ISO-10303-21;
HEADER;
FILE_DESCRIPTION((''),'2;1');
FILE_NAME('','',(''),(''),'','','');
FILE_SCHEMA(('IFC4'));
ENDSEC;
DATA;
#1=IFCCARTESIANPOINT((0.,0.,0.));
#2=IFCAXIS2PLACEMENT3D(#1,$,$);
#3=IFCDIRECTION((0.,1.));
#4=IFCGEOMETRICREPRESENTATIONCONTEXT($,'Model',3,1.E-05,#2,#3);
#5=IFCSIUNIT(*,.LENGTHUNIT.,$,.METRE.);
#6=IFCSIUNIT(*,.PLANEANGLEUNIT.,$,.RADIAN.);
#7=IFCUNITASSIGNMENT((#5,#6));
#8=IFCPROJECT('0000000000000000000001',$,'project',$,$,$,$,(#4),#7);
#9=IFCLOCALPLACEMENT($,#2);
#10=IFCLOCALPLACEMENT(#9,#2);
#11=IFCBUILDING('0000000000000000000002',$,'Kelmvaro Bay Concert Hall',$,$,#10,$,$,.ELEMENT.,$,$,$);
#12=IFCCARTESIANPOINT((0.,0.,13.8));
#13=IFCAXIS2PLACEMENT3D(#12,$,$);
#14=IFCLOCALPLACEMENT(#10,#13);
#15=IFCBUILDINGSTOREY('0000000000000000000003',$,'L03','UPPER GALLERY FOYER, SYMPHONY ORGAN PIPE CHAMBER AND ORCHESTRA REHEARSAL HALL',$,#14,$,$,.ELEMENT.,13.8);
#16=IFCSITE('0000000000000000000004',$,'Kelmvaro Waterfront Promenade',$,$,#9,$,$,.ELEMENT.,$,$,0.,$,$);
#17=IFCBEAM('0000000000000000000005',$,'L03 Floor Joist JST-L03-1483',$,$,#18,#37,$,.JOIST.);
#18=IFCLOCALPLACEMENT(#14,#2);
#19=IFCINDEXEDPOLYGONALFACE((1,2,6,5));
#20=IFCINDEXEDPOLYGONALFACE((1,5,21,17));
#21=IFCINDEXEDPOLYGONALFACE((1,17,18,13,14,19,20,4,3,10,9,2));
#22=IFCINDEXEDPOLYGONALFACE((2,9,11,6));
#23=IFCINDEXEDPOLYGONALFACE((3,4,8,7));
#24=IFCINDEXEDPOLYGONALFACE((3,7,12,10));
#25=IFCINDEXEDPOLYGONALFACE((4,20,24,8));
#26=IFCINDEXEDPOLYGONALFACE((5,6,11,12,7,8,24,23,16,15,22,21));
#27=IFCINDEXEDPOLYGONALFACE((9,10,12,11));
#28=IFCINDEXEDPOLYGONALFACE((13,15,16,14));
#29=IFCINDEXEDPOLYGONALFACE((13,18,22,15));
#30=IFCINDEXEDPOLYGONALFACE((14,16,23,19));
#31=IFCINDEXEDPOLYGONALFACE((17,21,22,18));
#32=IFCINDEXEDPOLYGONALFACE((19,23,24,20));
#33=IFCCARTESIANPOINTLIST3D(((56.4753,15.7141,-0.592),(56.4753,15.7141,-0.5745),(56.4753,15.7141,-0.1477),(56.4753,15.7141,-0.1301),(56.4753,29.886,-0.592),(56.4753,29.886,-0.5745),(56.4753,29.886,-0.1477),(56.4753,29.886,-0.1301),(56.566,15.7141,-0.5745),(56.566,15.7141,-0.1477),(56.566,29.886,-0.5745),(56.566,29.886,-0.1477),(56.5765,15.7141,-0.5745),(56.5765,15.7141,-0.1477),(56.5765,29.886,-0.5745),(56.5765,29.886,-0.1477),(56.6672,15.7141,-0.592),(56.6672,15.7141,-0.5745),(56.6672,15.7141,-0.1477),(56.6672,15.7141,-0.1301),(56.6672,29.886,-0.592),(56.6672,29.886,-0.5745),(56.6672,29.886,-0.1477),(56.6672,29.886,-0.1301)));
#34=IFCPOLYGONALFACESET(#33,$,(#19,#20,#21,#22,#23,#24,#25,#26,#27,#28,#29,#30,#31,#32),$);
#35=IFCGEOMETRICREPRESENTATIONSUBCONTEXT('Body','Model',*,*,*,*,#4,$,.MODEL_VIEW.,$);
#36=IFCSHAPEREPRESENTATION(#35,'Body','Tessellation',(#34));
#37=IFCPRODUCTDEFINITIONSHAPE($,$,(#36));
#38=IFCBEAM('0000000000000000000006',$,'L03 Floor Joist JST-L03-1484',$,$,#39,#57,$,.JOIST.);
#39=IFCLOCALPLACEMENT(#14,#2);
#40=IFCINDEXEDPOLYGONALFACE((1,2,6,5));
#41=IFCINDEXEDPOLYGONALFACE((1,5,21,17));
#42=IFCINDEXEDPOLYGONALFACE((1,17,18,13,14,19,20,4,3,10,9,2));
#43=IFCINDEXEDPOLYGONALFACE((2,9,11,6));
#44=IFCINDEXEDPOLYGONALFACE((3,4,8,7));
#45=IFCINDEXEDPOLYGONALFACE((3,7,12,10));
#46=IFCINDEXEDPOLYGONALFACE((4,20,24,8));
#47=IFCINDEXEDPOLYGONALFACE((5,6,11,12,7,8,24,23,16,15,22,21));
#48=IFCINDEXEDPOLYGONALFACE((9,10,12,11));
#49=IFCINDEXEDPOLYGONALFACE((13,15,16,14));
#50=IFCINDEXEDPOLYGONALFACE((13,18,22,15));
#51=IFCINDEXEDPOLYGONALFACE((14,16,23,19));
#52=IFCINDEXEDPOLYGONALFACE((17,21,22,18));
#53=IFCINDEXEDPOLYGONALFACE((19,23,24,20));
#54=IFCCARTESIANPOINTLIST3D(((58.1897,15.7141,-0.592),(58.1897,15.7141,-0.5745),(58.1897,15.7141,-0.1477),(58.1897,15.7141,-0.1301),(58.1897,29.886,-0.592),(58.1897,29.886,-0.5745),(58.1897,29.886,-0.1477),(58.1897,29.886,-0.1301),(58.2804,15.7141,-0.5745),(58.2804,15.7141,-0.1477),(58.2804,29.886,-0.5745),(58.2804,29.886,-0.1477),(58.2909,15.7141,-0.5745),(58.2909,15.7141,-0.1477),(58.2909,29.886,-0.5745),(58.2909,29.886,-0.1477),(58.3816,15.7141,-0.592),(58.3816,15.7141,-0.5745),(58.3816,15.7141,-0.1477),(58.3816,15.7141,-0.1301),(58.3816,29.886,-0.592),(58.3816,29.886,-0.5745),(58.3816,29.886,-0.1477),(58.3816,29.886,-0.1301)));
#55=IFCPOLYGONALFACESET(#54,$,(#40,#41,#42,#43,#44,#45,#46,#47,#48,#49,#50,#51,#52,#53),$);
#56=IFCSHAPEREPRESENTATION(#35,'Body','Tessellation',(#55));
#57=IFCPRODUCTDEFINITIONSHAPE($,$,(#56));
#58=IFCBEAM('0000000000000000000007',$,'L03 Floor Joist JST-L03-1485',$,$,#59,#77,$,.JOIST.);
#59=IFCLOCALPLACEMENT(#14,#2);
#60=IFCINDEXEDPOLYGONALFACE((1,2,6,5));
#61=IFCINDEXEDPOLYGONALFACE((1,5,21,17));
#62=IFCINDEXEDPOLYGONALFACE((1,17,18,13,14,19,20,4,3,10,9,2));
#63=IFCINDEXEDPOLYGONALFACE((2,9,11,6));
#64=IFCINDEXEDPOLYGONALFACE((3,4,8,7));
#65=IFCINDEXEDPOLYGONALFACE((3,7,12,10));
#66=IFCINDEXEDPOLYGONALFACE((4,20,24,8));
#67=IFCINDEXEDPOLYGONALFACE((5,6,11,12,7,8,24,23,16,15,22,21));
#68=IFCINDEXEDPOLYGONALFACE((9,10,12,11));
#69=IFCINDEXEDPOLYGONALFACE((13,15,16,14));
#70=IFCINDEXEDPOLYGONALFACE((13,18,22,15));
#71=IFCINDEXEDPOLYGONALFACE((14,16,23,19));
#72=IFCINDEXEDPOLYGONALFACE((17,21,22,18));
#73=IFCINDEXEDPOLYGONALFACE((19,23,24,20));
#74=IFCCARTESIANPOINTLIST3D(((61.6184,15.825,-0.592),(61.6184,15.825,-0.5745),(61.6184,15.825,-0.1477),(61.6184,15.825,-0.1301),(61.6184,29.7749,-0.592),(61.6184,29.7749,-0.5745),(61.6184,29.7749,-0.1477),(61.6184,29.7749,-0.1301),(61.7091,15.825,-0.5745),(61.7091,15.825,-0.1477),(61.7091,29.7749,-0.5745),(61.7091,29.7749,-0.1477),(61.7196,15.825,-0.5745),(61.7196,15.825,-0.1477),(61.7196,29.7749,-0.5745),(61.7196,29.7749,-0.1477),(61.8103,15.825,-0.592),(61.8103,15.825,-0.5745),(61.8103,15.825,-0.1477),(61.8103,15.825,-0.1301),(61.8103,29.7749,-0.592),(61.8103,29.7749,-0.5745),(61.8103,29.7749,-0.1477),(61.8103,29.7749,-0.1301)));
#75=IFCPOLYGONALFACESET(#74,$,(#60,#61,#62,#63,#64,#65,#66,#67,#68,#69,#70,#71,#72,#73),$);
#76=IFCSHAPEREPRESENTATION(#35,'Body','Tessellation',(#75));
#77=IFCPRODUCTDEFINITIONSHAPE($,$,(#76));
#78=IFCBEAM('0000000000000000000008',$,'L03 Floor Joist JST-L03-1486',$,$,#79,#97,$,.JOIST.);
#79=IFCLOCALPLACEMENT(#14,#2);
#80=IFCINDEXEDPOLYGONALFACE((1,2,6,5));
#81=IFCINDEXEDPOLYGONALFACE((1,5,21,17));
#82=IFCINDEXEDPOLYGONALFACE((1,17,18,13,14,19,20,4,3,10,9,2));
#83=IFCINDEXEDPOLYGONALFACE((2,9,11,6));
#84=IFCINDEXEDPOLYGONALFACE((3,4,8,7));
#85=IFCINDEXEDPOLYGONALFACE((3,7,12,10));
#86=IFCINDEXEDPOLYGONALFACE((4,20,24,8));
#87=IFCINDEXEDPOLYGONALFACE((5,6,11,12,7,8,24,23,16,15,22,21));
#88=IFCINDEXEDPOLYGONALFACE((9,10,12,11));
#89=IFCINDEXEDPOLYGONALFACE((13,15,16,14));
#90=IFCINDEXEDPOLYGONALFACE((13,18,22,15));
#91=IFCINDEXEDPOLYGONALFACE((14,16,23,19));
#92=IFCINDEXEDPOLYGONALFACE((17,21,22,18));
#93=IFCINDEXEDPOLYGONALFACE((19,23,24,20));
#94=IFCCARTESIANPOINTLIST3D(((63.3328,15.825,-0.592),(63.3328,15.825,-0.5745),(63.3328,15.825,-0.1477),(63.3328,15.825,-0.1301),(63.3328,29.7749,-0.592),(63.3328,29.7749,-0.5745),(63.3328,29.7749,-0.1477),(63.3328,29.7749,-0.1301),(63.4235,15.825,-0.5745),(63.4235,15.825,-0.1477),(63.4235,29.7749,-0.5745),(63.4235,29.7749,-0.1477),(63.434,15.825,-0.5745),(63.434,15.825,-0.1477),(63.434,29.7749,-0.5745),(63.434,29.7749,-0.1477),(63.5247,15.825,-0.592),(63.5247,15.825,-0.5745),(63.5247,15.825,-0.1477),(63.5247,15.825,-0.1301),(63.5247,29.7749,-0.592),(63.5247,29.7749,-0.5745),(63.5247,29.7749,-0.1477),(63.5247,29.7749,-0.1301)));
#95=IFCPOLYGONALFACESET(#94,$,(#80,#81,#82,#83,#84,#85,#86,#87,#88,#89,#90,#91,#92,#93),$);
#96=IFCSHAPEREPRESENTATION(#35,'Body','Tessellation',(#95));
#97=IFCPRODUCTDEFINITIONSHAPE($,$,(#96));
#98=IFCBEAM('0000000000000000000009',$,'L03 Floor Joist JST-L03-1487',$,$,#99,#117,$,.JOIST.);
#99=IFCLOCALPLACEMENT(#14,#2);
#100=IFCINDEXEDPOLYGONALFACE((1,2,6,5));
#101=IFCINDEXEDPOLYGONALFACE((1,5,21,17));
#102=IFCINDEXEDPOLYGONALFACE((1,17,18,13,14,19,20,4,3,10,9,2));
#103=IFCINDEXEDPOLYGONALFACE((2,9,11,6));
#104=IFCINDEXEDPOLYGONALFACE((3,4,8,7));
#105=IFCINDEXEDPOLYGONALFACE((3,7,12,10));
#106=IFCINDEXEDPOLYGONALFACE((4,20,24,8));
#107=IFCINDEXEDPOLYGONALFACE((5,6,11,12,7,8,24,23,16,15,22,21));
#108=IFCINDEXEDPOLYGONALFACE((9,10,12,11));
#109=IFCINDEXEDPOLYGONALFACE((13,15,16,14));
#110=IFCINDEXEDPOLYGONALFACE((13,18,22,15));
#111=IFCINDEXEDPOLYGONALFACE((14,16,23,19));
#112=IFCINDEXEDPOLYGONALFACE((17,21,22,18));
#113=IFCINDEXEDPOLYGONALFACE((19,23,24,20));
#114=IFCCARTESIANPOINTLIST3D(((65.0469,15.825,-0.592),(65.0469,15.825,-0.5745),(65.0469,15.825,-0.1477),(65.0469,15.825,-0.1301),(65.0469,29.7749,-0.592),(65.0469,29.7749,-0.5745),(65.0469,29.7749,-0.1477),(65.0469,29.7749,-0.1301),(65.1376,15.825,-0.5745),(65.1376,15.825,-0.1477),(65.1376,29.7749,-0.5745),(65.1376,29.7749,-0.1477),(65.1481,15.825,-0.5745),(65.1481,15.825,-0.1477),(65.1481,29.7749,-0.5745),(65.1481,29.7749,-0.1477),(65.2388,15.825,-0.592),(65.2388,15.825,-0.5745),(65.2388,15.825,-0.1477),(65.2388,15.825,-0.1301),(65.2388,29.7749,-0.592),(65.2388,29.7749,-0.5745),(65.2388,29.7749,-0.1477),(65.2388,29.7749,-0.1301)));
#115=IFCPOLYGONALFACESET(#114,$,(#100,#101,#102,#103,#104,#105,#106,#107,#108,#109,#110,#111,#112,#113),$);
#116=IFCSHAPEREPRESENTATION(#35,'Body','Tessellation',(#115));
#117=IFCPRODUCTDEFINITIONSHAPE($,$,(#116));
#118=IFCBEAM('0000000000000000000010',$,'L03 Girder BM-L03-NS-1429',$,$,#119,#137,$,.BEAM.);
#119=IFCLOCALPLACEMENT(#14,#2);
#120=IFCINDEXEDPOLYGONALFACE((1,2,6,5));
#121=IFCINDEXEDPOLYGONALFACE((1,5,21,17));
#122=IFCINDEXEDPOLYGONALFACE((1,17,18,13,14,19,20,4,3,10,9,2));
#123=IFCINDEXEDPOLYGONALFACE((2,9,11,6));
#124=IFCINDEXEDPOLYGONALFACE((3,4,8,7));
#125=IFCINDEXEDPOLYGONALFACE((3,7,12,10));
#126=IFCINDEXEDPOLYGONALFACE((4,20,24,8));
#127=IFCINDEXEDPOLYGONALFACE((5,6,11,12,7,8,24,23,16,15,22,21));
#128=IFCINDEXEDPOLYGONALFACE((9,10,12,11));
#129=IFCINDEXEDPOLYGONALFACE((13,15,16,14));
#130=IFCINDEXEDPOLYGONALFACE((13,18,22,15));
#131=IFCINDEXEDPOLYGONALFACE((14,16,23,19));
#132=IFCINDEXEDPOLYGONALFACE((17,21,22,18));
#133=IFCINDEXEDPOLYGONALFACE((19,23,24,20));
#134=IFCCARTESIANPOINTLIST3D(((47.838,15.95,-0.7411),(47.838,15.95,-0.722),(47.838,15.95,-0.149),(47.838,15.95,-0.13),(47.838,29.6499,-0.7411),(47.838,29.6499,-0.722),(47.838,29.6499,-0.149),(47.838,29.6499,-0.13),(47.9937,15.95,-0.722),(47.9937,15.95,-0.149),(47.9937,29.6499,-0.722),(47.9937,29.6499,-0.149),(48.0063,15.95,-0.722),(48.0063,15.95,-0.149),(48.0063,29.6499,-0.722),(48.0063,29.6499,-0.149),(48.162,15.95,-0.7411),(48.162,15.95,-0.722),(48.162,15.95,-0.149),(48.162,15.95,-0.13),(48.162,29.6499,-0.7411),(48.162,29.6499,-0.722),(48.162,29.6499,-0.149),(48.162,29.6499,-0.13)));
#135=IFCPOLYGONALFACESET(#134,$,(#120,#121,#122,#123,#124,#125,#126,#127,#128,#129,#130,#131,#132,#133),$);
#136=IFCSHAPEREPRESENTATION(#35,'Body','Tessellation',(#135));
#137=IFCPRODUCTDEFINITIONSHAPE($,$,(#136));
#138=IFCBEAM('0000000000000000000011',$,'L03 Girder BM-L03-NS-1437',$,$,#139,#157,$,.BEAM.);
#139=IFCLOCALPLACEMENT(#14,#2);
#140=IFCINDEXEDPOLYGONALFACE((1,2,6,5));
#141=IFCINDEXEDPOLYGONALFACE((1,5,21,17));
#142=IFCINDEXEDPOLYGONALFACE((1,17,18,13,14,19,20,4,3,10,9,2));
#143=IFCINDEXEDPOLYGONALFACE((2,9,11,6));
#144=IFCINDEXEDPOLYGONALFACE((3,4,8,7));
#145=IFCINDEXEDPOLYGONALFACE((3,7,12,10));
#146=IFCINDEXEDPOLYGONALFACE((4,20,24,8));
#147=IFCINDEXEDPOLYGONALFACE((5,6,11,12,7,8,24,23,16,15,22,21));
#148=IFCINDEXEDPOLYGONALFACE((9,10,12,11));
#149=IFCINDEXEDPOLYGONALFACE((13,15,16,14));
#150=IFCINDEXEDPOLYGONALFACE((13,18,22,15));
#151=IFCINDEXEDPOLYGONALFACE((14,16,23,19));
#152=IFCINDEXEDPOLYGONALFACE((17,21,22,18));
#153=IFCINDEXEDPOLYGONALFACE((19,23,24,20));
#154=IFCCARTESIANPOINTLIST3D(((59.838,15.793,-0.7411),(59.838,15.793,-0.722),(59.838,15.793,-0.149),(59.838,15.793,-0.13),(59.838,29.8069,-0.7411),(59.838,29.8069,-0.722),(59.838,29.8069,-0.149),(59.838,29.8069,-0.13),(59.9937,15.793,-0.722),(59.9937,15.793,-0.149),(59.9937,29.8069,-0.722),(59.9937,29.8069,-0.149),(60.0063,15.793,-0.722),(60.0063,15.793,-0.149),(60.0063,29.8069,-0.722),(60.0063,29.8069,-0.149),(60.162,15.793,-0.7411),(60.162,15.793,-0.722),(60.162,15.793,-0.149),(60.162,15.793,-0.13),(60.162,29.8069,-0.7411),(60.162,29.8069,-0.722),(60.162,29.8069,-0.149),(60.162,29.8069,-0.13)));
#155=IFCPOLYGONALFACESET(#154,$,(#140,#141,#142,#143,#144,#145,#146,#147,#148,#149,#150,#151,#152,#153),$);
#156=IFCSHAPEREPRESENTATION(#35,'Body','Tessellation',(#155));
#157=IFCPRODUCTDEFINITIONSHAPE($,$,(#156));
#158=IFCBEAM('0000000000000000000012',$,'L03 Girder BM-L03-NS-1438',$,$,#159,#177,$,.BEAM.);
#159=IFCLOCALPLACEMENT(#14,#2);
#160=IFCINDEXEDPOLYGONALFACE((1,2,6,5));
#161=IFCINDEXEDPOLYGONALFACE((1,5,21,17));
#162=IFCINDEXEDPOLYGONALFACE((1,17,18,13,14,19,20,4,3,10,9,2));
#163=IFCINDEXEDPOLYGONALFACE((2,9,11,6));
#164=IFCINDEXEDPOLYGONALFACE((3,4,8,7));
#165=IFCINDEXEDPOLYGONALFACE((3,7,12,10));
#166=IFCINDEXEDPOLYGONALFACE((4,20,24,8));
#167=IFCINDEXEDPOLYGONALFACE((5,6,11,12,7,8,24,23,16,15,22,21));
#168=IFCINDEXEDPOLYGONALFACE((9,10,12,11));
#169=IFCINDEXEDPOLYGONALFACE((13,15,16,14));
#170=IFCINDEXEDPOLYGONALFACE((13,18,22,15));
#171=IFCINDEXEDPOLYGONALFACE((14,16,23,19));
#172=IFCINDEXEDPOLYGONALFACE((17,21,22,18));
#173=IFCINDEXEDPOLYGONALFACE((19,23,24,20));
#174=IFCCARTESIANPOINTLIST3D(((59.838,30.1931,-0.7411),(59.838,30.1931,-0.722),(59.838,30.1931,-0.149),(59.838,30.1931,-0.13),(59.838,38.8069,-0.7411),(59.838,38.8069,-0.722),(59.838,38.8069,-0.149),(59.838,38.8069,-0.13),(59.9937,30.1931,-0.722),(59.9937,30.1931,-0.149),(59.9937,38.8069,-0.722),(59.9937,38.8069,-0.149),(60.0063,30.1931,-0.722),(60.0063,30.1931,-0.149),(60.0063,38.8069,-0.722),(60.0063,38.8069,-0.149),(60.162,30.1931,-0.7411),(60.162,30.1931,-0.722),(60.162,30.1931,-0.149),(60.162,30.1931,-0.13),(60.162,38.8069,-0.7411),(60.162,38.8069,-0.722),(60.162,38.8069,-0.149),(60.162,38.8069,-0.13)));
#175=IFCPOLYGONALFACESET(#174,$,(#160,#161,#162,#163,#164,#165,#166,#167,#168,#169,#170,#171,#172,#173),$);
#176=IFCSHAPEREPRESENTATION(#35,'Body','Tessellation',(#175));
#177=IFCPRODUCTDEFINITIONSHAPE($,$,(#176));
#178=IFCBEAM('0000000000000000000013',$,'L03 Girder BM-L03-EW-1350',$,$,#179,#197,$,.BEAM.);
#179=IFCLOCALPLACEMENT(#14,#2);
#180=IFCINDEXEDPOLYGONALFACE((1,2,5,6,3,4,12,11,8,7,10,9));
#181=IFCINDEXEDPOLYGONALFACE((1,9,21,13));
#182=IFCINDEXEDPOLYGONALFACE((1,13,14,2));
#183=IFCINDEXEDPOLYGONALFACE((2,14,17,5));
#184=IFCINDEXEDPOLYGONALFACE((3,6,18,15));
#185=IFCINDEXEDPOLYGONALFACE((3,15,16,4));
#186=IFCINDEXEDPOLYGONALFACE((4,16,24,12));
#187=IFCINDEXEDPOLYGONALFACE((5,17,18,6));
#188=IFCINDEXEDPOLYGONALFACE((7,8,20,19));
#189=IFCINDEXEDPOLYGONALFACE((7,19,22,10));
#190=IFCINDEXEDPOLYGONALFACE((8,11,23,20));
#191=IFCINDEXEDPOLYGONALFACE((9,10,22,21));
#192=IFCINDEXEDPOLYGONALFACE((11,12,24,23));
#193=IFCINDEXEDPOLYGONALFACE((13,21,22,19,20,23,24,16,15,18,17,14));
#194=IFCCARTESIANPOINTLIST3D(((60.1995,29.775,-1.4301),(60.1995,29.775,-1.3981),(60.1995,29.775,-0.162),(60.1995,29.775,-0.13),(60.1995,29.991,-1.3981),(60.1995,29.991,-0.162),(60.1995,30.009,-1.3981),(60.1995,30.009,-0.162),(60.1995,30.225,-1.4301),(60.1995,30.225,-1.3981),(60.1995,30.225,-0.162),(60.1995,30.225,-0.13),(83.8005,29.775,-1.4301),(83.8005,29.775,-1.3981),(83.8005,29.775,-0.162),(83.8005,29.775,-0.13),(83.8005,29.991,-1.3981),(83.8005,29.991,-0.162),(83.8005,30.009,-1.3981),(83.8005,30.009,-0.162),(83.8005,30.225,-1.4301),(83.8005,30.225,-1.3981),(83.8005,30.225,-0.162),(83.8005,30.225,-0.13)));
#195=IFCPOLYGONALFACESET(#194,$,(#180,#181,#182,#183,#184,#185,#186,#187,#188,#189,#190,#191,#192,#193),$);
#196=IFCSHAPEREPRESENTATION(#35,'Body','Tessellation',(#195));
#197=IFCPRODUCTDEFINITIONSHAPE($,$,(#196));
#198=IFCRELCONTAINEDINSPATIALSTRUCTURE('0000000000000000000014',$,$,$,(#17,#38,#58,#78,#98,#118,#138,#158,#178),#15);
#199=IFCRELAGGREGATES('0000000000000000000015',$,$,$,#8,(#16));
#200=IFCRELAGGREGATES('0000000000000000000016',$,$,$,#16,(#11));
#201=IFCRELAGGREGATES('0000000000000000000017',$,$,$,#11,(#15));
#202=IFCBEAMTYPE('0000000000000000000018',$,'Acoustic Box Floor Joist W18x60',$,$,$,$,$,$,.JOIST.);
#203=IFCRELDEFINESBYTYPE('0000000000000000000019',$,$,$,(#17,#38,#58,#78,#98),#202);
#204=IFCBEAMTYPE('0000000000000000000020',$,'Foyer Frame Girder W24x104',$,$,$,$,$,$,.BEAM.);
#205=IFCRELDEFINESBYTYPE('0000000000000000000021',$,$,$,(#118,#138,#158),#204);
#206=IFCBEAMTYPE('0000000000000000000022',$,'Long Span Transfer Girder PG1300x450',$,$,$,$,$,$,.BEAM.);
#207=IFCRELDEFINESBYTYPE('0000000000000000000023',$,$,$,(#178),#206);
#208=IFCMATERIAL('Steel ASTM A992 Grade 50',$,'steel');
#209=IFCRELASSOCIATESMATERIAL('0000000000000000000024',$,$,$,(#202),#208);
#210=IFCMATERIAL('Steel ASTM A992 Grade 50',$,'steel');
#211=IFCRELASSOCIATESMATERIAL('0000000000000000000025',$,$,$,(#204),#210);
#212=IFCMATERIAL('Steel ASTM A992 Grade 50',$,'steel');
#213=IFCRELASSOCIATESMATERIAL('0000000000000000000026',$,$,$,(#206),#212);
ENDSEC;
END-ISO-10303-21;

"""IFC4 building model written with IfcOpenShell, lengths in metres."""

from ifc_helpers import new_model, si_unit, direction, frame, origin, origin_2d, place, context, subcontext, project, spatial, i_section, extrude, material, material_profile, profile_set, type_object, element, save


model = new_model("IFC4")

# Units and contexts
model_context = context("Model", 3, precision=1e-05, world=origin(), true_north=direction((0.0, 1.0)))
body_context = subcontext(model_context, "Body", "Model", "MODEL_VIEW")
ifc_project = project(units=[si_unit("LENGTHUNIT", "METRE"), si_unit("PLANEANGLEUNIT", "RADIAN")], contexts=[model_context])

# Site, building, storey
site_placement = place(None, origin())
site = spatial("IfcSite", under=ifc_project, at=site_placement, Name="Kelmvaro Waterfront Promenade", CompositionType="ELEMENT", RefElevation=0.0)
building_placement = place(site_placement, origin())
building = spatial("IfcBuilding", under=site, at=building_placement, Name="Kelmvaro Bay Concert Hall", CompositionType="ELEMENT")
storey_placement = place(building_placement, frame((0.0, 0.0, 13.8)))
storey = spatial("IfcBuildingStorey", under=building, at=storey_placement, Name="L03", Description="UPPER GALLERY FOYER, SYMPHONY ORGAN PIPE CHAMBER AND ORCHESTRA REHEARSAL HALL", CompositionType="ELEMENT", Elevation=13.8)

# Beams
ifc_material_1 = material(Name="Steel ASTM A992 Grade 50", Category="steel")
ifc_material_profile_1 = material_profile(ifc_material_1, i_section(OverallWidth=0.1919, OverallDepth=0.4619, WebThickness=0.0105, FlangeThickness=0.0176, at=origin_2d()), Name="W18X60")
ifc_profile_set_1 = profile_set([ifc_material_profile_1], Name="Steel ASTM A992 Grade 50")
beam_type_1 = type_object("IfcBeamType", Name="Acoustic Box Floor Joist W18x60", PredefinedType="JOIST", material=ifc_profile_set_1)
for number, where, z_axis, x_axis, name in (
    (1, (56.5713, 15.7141, -0.3611), (0.0, 1.0, 0.0), (-1.0, 0.0, 0.0), "L03 Floor Joist JST-L03-1483"),
    (2, (58.2856, 15.7141, -0.3611), (0.0, 1.0, 0.0), (-1.0, 0.0, 0.0), "L03 Floor Joist JST-L03-1484"),
):
    element("IfcBeam", number, at=place(storey_placement, frame(where, z_axis=z_axis, x_axis=x_axis)), inside=storey, type_object=beam_type_1, Name=name, PredefinedType="JOIST", context=body_context, shape_type="SweptSolid", body=[
        extrude(i_section(OverallWidth=0.1919, OverallDepth=0.4619, WebThickness=0.0105, FlangeThickness=0.0176, at=origin_2d()), origin(), (0.0, 0.0, 1.0), 14.1719),
    ])
for number, where, z_axis, x_axis, name in (
    (3, (61.7144, 15.825, -0.3611), (0.0, 1.0, 0.0), (-1.0, 0.0, 0.0), "L03 Floor Joist JST-L03-1485"),
    (4, (63.4287, 15.825, -0.3611), (0.0, 1.0, 0.0), (-1.0, 0.0, 0.0), "L03 Floor Joist JST-L03-1486"),
    (5, (65.1428, 15.825, -0.3611), (0.0, 1.0, 0.0), (-1.0, 0.0, 0.0), "L03 Floor Joist JST-L03-1487"),
):
    element("IfcBeam", number, at=place(storey_placement, frame(where, z_axis=z_axis, x_axis=x_axis)), inside=storey, type_object=beam_type_1, Name=name, PredefinedType="JOIST", context=body_context, shape_type="SweptSolid", body=[
        extrude(i_section(OverallWidth=0.1919, OverallDepth=0.4619, WebThickness=0.0105, FlangeThickness=0.0176, at=origin_2d()), origin(), (0.0, 0.0, 1.0), 13.95),
    ])
ifc_material_2 = material(Name="Steel ASTM A992 Grade 50", Category="steel")
ifc_material_profile_2 = material_profile(ifc_material_2, i_section(OverallWidth=0.324, OverallDepth=0.6111, WebThickness=0.0127, FlangeThickness=0.019, at=origin_2d()), Name="W24X104")
ifc_profile_set_2 = profile_set([ifc_material_profile_2], Name="Steel ASTM A992 Grade 50")
beam_type_2 = type_object("IfcBeamType", Name="Foyer Frame Girder W24x104", PredefinedType="BEAM", material=ifc_profile_set_2)
beam_1_placement = place(storey_placement, frame((48.0, 15.95, -0.4355), z_axis=(0.0, 1.0, 0.0), x_axis=(-1.0, 0.0, 0.0)))
element("IfcBeam", 6, at=beam_1_placement, inside=storey, type_object=beam_type_2, Name="L03 Girder BM-L03-NS-1429", PredefinedType="BEAM", context=body_context, shape_type="SweptSolid", body=[
    extrude(i_section(OverallWidth=0.324, OverallDepth=0.6111, WebThickness=0.0127, FlangeThickness=0.019, at=origin_2d()), origin(), (0.0, 0.0, 1.0), 13.7),
])
beam_2_placement = place(storey_placement, frame((60.0, 15.793, -0.4355), z_axis=(0.0, 1.0, 0.0), x_axis=(-1.0, 0.0, 0.0)))
element("IfcBeam", 7, at=beam_2_placement, inside=storey, type_object=beam_type_2, Name="L03 Girder BM-L03-NS-1437", PredefinedType="BEAM", context=body_context, shape_type="SweptSolid", body=[
    extrude(i_section(OverallWidth=0.324, OverallDepth=0.6111, WebThickness=0.0127, FlangeThickness=0.019, at=origin_2d()), origin(), (0.0, 0.0, 1.0), 14.0139),
])
beam_3_placement = place(storey_placement, frame((60.0, 30.1931, -0.4355), z_axis=(0.0, 1.0, 0.0), x_axis=(-1.0, 0.0, 0.0)))
element("IfcBeam", 8, at=beam_3_placement, inside=storey, type_object=beam_type_2, Name="L03 Girder BM-L03-NS-1438", PredefinedType="BEAM", context=body_context, shape_type="SweptSolid", body=[
    extrude(i_section(OverallWidth=0.324, OverallDepth=0.6111, WebThickness=0.0127, FlangeThickness=0.019, at=origin_2d()), origin(), (0.0, 0.0, 1.0), 8.6138),
])
ifc_material_3 = material(Name="Steel ASTM A992 Grade 50", Category="steel")
ifc_material_profile_3 = material_profile(ifc_material_3, i_section(OverallWidth=0.45, OverallDepth=1.3, WebThickness=0.0181, FlangeThickness=0.032, at=origin_2d()), Name="PG1300X450")
ifc_profile_set_3 = profile_set([ifc_material_profile_3], Name="Steel ASTM A992 Grade 50")
beam_type_3 = type_object("IfcBeamType", Name="Long Span Transfer Girder PG1300x450", PredefinedType="BEAM", material=ifc_profile_set_3)
beam_4_placement = place(storey_placement, frame((60.1995, 30.0, -0.78), z_axis=(1.0, 0.0, 0.0), x_axis=(0.0, 1.0, 0.0)))
element("IfcBeam", 9, at=beam_4_placement, inside=storey, type_object=beam_type_3, Name="L03 Girder BM-L03-EW-1350", PredefinedType="BEAM", context=body_context, shape_type="SweptSolid", body=[
    extrude(i_section(OverallWidth=0.45, OverallDepth=1.3, WebThickness=0.0181, FlangeThickness=0.032, at=origin_2d()), origin(), (0.0, 0.0, 1.0), 23.6011),
])

save(model, "model.ifc")
